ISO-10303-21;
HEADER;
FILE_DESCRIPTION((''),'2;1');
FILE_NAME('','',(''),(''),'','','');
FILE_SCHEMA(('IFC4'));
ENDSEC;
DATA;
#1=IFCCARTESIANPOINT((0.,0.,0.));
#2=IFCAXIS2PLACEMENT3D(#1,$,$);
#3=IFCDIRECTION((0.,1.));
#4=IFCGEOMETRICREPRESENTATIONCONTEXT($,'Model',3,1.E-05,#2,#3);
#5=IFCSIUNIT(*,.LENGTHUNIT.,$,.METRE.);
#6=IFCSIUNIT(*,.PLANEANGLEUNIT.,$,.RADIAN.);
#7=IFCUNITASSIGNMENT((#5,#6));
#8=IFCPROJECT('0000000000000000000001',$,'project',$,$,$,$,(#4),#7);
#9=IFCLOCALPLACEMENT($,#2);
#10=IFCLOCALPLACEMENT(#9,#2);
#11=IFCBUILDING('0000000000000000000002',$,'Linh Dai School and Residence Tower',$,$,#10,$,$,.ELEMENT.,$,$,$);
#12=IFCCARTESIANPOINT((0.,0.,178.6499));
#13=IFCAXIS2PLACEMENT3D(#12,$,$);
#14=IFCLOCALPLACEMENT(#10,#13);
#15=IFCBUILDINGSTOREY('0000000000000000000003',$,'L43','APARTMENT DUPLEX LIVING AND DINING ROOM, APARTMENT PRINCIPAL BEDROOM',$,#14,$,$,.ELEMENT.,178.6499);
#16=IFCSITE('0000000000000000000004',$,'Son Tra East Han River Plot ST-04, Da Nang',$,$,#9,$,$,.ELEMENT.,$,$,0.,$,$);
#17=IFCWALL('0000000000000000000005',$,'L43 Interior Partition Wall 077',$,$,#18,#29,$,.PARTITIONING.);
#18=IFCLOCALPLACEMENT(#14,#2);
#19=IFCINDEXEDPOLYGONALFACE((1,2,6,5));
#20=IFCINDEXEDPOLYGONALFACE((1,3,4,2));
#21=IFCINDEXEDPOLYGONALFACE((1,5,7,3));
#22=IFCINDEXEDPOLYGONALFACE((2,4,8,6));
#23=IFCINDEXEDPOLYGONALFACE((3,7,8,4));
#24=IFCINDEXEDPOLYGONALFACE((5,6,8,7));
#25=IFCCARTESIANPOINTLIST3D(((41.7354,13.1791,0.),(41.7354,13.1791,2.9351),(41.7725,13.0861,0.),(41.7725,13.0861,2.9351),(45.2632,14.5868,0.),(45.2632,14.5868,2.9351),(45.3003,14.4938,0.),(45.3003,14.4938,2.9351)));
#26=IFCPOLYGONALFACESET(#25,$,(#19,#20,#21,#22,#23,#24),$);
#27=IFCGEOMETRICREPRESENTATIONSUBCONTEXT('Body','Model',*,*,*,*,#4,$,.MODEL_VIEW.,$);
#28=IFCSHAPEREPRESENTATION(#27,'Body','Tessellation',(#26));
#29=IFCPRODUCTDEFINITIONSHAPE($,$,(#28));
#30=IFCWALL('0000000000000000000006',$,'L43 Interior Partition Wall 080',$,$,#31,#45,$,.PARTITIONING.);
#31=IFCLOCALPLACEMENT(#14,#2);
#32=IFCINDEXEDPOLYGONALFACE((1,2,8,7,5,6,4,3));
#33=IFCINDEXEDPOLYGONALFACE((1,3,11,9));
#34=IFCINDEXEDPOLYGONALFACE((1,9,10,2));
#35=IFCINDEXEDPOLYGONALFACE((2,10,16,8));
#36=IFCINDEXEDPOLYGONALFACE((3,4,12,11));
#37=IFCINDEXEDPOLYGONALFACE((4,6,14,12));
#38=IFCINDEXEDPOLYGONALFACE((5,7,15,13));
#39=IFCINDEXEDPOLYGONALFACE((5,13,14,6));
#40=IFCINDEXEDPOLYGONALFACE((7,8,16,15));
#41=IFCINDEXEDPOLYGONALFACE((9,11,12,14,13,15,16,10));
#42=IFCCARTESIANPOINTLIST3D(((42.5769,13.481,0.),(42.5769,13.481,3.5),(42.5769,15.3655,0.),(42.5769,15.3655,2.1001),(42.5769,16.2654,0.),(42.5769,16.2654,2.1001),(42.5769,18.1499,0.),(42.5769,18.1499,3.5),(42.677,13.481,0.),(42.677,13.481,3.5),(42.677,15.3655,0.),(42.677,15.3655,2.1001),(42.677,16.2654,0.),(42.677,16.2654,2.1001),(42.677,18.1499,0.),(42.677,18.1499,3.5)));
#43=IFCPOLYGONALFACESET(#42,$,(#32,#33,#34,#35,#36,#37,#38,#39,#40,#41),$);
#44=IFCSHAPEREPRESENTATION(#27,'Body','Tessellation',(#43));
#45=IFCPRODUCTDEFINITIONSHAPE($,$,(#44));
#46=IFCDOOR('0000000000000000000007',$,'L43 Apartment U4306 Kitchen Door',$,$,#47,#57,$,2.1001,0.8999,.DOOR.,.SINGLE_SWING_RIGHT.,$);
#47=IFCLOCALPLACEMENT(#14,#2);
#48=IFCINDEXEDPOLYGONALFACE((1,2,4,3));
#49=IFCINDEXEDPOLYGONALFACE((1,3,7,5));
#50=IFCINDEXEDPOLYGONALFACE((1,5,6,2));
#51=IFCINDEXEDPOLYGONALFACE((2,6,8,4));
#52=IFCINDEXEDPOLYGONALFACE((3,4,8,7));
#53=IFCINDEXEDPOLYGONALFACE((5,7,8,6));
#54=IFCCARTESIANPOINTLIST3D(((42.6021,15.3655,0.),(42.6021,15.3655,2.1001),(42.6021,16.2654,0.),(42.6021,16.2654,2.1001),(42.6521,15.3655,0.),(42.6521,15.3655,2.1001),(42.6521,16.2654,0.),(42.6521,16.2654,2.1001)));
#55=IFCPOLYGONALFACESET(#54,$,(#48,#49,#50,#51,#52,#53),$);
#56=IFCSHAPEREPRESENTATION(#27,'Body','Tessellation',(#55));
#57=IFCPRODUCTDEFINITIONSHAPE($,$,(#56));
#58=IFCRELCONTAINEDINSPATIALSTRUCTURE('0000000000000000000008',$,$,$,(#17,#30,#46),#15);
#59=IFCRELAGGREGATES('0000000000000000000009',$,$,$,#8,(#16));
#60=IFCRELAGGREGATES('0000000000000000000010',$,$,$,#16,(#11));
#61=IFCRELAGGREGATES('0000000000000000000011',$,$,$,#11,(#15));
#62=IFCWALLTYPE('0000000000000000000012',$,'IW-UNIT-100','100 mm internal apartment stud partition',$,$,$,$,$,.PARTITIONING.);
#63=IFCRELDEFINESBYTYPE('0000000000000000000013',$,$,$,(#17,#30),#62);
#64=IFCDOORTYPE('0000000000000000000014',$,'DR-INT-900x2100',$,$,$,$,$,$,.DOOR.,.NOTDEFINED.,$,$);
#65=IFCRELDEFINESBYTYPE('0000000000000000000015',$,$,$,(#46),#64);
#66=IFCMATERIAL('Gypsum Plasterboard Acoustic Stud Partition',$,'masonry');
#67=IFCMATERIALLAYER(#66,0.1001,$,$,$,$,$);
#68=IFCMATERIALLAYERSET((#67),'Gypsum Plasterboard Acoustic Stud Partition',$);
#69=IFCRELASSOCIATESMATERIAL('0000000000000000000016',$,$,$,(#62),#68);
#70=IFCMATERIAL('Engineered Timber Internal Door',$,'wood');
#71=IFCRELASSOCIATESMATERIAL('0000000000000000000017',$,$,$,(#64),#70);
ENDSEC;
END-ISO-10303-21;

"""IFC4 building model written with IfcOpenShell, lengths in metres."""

from ifc_helpers import new_model, si_unit, direction, frame, frame_2d, origin, origin_2d, place, context, subcontext, project, spatial, rectangle, extrude, source, transform, mapped, material, layer, layer_set, type_object, element, fill, save


model = new_model("IFC4")

# Units and contexts
model_context = context("Model", 3, precision=1e-05, world=origin(), true_north=direction((0.0, 1.0)))
body_context = subcontext(model_context, "Body", "Model", "MODEL_VIEW")
ifc_project = project(units=[si_unit("LENGTHUNIT", "METRE"), si_unit("PLANEANGLEUNIT", "RADIAN")], contexts=[model_context])

# Site, building, storey
site_placement = place(None, origin())
site = spatial("IfcSite", under=ifc_project, at=site_placement, Name="Son Tra East Han River Plot ST-04, Da Nang", CompositionType="ELEMENT", RefElevation=0.0)
building_placement = place(site_placement, origin())
building = spatial("IfcBuilding", under=site, at=building_placement, Name="Linh Dai School and Residence Tower", CompositionType="ELEMENT")
storey_placement = place(building_placement, frame((0.0, 0.0, 178.6499)))
storey = spatial("IfcBuildingStorey", under=building, at=storey_placement, Name="L43", Description="APARTMENT DUPLEX LIVING AND DINING ROOM, APARTMENT PRINCIPAL BEDROOM", CompositionType="ELEMENT", Elevation=178.6499)

# Shared definitions
ifc_material_1 = material(Name="Gypsum Plasterboard Acoustic Stud Partition", Category="masonry")
ifc_layer_1 = layer(ifc_material_1, 0.1001)
ifc_layer_set_1 = layer_set([ifc_layer_1], Name="Gypsum Plasterboard Acoustic Stud Partition")
wall_type_1 = type_object("IfcWallType", Name="IW-UNIT-100", Description="100 mm internal apartment stud partition", PredefinedType="PARTITIONING", material=ifc_layer_set_1)

# Shared definitions
ifc_material_2 = material(Name="Engineered Timber Internal Door", Category="wood")
door_type_1 = type_object("IfcDoorType", Name="DR-INT-900x2100", OperationType="NOTDEFINED", PredefinedType="DOOR", material=ifc_material_2)
shared_shape_1 = source(origin(), body_context, "Body", "SweptSolid", [
    extrude(rectangle(XDim=0.8999, YDim=2.1001, at=origin_2d()), frame((0.45, 0.0249, 1.05), z_axis=(0.0, -1.0, 0.0), x_axis=(1.0, 0.0, 0.0)), (0.0, 0.0, 1.0), 0.05),
])

# Wall
wall_1_placement = place(storey_placement, frame((41.7539, 13.1326, 0.0), z_axis=(0.0, 0.0, 1.0), x_axis=(0.928787, 0.370615, 0.0)))
element("IfcWall", 1, at=wall_1_placement, inside=storey, type_object=wall_type_1, Name="L43 Interior Partition Wall 077", PredefinedType="PARTITIONING", context=body_context, shape_type="SweptSolid", body=[
    extrude(rectangle(XDim=3.7983, YDim=0.1001, at=frame_2d((1.8992, 0.0))), origin(), (0.0, 0.0, 1.0), 2.9351),
])

# Wall, opening, door
wall_2_placement = place(storey_placement, frame((42.627, 13.481, 0.0), z_axis=(0.0, 0.0, 1.0), x_axis=(0.0, 1.0, 0.0)))
wall_2 = element("IfcWall", 2, at=wall_2_placement, inside=storey, type_object=wall_type_1, Name="L43 Interior Partition Wall 080", PredefinedType="PARTITIONING", context=body_context, shape_type="SweptSolid", body=[
    extrude(rectangle(XDim=4.6689, YDim=0.1001, at=frame_2d((2.3345, 0.0))), origin(), (0.0, 0.0, 1.0), 3.5),
])
opening_1_placement = place(wall_2_placement, frame((1.8845, 0.0, 0.0)))
opening_1 = element("IfcOpeningElement", 3, at=opening_1_placement, cuts=wall_2, PredefinedType="OPENING", context=body_context, shape_type="SweptSolid", body=[
    extrude(rectangle(XDim=0.8999, YDim=2.1001, at=origin_2d()), frame((0.45, 0.0601, 1.05), z_axis=(0.0, -1.0, 0.0), x_axis=(1.0, 0.0, 0.0)), (0.0, 0.0, 1.0), 0.1201),
])
door_1_placement = place(opening_1_placement, origin())
door_1 = element("IfcDoor", 4, at=door_1_placement, inside=storey, type_object=door_type_1, Name="L43 Apartment U4306 Kitchen Door", OperationType="SINGLE_SWING_RIGHT", OverallHeight=2.1001, OverallWidth=0.8999, PredefinedType="DOOR", context=body_context, shape_type="MappedRepresentation", body=[
    mapped(shared_shape_1, transform((0.0, 0.0, 0.0), x_axis=(1.0, 0.0, 0.0), y_axis=(0.0, 1.0, 0.0), z_axis=(0.0, 0.0, 1.0), scale=1.0)),
])
fill(opening_1, door_1)

save(model, "model.ifc")
